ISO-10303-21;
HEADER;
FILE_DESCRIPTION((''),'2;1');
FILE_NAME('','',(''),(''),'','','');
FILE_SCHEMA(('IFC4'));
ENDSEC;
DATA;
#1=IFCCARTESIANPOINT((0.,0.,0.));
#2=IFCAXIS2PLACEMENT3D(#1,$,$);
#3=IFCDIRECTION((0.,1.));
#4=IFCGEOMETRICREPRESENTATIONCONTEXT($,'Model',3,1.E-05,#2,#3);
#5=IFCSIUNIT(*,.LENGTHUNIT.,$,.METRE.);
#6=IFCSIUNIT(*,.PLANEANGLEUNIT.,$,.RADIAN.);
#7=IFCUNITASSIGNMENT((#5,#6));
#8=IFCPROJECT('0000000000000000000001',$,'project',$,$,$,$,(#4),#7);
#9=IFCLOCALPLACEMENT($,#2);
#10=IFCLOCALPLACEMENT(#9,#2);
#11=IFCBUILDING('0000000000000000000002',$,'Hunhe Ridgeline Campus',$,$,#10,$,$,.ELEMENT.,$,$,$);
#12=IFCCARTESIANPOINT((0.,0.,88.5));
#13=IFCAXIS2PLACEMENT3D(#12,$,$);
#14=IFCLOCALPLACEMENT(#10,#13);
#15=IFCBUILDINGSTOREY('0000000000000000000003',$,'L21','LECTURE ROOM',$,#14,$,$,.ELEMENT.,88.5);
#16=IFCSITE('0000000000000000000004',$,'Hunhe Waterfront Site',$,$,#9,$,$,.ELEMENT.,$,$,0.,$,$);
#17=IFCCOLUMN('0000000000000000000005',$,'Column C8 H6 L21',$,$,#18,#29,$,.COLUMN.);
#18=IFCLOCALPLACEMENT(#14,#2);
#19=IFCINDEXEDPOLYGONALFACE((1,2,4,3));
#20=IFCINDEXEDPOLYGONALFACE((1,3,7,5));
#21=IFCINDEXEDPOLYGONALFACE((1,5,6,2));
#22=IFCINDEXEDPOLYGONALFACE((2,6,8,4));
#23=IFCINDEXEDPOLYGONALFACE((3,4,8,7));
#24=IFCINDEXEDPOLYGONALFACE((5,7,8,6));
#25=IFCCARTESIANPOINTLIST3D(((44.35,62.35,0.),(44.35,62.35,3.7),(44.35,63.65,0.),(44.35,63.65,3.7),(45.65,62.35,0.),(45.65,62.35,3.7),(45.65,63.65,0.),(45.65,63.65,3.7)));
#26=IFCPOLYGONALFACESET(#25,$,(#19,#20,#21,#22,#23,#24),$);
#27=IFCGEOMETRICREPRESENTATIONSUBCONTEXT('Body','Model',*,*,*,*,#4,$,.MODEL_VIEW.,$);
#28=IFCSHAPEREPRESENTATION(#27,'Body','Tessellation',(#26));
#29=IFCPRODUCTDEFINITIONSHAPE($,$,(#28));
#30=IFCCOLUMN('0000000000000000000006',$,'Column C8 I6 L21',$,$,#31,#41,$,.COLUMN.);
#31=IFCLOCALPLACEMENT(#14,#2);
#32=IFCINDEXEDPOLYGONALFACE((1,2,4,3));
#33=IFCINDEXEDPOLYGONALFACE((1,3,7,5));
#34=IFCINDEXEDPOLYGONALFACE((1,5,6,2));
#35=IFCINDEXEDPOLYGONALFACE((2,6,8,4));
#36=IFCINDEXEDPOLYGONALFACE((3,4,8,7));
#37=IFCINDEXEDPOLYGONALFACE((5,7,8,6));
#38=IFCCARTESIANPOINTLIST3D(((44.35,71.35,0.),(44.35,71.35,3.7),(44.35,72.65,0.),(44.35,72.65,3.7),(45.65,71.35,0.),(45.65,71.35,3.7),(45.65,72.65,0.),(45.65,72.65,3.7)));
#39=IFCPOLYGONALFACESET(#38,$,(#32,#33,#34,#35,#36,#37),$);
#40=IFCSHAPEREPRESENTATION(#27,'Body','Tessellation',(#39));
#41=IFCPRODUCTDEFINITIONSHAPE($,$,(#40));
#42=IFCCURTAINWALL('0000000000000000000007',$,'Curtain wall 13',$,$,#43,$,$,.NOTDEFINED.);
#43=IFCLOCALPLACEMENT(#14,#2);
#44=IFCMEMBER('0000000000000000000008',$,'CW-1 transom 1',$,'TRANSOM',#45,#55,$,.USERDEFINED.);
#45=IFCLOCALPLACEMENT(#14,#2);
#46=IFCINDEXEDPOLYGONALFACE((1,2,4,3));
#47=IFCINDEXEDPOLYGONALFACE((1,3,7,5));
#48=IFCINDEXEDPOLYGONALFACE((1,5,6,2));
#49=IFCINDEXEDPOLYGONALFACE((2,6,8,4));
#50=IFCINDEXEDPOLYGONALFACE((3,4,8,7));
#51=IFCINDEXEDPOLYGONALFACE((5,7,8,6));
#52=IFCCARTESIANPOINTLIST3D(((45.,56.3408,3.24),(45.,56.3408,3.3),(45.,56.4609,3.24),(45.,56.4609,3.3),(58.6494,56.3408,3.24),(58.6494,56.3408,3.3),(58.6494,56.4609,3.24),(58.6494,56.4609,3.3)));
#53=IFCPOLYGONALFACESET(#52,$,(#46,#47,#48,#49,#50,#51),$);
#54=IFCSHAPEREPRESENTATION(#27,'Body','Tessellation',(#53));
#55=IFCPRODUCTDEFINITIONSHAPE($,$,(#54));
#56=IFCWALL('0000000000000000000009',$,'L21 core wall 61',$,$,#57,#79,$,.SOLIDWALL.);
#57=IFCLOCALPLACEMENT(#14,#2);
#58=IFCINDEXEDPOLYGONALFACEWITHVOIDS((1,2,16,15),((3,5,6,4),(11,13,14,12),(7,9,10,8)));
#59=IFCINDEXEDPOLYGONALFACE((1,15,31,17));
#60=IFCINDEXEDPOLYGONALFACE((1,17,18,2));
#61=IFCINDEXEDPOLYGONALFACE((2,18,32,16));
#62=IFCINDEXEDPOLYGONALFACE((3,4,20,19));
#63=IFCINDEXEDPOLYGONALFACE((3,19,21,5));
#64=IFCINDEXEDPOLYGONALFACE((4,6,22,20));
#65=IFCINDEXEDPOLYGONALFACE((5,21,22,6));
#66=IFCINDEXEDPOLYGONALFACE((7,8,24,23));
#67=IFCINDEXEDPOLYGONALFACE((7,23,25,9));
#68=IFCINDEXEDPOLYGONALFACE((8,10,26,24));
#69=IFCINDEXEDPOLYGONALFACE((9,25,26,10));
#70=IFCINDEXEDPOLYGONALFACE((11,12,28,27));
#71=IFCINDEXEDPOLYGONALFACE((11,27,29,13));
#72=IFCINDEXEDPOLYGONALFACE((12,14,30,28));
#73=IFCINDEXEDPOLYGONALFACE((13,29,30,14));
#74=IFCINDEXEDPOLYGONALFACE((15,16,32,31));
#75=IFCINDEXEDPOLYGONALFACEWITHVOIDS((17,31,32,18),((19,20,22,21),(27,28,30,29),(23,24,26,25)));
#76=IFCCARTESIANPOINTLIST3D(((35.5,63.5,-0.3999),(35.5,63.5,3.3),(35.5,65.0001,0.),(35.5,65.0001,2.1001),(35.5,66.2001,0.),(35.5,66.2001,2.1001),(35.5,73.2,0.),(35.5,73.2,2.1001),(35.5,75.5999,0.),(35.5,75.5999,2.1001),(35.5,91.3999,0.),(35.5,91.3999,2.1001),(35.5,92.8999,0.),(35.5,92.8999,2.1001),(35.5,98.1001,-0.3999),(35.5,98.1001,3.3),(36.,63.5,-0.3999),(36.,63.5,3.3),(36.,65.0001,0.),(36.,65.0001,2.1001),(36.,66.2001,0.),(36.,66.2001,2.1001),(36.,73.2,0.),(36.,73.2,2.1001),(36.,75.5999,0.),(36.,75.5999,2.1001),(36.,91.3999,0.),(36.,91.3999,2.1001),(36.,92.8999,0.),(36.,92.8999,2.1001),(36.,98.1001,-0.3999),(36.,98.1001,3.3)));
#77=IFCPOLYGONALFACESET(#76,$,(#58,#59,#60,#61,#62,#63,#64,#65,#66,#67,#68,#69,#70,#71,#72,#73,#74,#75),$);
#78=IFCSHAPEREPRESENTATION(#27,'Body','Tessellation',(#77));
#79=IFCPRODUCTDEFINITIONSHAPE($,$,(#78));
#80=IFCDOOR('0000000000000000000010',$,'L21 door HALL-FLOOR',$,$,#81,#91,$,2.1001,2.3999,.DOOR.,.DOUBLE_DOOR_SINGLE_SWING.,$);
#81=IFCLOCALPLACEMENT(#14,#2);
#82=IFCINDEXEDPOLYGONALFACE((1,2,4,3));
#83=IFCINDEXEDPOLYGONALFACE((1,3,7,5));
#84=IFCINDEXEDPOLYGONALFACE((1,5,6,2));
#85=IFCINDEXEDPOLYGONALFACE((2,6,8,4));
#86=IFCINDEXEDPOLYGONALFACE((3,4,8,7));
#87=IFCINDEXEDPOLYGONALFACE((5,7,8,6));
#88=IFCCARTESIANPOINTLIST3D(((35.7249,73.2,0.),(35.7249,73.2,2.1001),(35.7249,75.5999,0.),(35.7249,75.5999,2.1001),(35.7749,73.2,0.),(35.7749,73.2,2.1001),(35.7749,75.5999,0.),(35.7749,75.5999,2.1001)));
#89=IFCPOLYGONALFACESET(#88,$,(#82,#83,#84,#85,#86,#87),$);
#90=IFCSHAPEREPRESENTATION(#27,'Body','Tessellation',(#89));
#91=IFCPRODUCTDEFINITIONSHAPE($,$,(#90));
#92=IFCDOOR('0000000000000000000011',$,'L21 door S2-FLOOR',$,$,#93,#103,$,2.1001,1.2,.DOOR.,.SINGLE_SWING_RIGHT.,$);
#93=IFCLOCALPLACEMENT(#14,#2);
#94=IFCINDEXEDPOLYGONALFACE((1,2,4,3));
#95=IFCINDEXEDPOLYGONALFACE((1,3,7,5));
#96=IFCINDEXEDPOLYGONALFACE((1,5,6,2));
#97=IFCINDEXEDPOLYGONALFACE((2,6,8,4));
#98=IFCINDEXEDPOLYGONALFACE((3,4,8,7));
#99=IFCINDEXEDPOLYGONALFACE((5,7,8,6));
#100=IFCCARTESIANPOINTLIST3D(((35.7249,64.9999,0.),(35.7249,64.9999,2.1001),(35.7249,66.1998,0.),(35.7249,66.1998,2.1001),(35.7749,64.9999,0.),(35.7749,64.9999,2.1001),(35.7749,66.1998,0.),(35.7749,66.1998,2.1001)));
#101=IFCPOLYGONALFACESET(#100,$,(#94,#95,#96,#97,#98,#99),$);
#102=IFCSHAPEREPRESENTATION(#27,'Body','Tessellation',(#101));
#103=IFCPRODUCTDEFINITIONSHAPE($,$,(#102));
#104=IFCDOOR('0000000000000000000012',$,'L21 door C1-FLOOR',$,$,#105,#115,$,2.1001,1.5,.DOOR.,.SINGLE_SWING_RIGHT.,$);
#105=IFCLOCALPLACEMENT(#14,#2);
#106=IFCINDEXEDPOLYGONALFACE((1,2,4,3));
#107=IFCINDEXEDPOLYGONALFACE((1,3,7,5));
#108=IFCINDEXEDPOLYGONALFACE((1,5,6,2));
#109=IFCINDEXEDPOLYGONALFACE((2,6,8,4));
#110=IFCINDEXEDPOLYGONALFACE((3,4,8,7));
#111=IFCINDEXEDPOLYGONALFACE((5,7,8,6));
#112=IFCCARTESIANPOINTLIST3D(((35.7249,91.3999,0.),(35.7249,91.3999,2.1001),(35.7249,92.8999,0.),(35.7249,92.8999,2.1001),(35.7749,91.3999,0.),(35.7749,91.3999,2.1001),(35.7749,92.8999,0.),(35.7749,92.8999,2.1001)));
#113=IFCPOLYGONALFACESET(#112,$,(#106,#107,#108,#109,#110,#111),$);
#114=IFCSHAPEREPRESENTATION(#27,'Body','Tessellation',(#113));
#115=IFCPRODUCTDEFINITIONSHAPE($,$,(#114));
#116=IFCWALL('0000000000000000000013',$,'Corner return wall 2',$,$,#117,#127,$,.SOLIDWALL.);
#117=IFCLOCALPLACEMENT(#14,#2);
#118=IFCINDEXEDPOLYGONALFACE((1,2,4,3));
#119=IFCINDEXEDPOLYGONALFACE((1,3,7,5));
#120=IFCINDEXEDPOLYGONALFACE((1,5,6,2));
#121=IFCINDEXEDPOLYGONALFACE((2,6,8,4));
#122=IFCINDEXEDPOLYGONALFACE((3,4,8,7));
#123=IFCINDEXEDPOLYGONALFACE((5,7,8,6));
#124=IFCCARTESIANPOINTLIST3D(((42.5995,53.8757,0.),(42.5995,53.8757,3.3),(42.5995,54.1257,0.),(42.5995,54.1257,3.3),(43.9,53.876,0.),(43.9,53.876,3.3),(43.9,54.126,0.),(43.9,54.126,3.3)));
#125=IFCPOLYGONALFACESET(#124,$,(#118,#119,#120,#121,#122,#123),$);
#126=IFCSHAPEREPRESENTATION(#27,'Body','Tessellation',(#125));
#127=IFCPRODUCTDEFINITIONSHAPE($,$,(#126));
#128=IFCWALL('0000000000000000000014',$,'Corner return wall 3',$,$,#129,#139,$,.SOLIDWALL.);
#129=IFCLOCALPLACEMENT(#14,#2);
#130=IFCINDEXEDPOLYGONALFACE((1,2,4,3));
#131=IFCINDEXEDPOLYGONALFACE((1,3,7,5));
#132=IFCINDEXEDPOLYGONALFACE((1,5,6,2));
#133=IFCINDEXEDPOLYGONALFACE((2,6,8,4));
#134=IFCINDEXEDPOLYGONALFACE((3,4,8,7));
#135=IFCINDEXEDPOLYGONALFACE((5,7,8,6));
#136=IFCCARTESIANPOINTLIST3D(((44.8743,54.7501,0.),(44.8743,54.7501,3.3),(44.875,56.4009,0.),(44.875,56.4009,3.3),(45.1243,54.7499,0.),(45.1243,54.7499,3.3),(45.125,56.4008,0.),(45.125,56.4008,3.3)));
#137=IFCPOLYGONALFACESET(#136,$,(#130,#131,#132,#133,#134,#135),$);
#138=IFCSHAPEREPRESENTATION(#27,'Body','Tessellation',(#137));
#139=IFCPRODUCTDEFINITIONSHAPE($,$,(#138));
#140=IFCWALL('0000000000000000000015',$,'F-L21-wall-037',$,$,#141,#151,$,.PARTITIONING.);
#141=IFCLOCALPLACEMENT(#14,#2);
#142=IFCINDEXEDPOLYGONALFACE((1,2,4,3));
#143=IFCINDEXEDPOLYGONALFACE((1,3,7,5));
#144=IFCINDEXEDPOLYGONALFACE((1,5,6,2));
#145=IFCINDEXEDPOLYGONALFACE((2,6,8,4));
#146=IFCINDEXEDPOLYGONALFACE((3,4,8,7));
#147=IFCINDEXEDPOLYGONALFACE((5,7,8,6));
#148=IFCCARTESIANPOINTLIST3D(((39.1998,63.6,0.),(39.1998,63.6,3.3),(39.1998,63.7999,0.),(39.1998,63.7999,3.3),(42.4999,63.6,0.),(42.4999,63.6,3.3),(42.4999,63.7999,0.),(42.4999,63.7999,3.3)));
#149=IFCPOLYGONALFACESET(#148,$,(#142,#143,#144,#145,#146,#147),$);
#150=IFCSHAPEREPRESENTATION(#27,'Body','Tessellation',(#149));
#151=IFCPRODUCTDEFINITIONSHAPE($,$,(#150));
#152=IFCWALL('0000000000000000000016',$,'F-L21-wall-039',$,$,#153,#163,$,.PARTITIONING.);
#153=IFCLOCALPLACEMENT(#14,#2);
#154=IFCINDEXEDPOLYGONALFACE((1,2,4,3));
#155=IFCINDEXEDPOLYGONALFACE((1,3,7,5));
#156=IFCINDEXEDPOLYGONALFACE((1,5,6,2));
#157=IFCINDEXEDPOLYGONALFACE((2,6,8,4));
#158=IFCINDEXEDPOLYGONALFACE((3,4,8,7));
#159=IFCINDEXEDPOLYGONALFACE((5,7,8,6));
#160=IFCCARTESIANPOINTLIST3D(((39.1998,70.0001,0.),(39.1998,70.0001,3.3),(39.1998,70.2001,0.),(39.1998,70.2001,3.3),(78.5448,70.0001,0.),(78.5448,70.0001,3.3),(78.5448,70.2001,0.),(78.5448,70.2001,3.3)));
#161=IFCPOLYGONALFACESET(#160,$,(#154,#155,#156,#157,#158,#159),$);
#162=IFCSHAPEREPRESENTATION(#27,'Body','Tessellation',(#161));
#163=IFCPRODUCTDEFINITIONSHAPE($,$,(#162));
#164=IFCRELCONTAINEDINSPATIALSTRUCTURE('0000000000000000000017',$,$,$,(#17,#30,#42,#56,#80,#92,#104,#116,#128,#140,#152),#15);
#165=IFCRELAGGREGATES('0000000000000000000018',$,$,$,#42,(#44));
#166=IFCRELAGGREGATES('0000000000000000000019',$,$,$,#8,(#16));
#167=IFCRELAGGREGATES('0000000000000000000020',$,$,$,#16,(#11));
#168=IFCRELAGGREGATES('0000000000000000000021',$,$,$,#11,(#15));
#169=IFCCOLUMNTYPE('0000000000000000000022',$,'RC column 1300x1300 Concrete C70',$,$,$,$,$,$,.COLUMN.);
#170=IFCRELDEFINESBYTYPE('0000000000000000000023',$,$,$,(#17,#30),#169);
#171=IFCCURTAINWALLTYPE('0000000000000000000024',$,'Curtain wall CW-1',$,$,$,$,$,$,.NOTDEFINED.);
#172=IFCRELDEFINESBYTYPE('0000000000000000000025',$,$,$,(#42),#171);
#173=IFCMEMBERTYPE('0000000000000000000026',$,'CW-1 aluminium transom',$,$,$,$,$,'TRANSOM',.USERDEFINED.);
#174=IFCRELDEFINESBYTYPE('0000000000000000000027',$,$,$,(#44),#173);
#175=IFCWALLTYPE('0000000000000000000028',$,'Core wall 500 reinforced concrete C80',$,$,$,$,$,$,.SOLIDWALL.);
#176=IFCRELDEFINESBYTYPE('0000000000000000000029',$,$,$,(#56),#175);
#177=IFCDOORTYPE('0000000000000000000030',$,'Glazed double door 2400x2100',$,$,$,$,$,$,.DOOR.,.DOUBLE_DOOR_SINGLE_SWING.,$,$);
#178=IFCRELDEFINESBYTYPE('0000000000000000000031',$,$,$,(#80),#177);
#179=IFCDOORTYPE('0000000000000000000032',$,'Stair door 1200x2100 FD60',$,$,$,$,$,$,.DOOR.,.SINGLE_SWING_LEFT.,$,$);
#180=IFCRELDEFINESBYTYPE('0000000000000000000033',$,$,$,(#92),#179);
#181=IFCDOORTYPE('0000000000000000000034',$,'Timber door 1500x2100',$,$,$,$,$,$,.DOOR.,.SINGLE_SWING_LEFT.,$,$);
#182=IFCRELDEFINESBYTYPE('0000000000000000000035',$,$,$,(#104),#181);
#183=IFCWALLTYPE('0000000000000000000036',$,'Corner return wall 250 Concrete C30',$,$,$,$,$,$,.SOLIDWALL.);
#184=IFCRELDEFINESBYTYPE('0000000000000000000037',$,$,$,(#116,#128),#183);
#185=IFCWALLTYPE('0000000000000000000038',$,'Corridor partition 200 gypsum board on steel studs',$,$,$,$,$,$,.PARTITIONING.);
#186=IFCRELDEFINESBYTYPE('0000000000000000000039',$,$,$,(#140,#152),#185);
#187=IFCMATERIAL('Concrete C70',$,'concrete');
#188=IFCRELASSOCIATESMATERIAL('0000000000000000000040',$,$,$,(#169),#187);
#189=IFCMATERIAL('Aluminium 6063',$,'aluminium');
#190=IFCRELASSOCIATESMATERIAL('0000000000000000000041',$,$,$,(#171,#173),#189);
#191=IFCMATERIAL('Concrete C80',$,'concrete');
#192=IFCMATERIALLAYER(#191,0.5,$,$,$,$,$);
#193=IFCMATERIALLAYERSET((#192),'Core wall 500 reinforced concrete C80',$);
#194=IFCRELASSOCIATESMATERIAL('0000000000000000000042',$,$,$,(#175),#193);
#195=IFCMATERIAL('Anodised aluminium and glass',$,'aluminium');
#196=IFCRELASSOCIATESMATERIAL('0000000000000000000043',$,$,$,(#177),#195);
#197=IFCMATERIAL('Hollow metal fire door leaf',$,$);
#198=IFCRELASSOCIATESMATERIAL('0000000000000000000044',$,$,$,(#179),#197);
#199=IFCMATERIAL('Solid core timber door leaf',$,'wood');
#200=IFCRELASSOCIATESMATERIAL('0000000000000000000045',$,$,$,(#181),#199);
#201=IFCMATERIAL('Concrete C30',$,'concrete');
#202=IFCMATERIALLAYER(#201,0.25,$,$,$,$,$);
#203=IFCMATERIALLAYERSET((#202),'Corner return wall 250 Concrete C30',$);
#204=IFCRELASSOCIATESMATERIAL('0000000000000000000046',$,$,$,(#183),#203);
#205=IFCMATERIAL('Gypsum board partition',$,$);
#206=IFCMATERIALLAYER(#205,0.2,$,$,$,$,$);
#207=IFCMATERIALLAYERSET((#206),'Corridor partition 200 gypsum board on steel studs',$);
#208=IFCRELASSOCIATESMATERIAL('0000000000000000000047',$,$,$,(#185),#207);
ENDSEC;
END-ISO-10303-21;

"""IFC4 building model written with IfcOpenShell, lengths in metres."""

from ifc_helpers import new_model, si_unit, direction, frame, frame_2d, origin, origin_2d, place, context, subcontext, project, spatial, rectangle, extrude, material, layer, layer_set, material_profile, profile_set, type_object, element, fill, aggregate, save


model = new_model("IFC4")

# Units and contexts
model_context = context("Model", 3, precision=1e-05, world=origin(), true_north=direction((0.0, 1.0)))
body_context = subcontext(model_context, "Body", "Model", "MODEL_VIEW")
ifc_project = project(units=[si_unit("LENGTHUNIT", "METRE"), si_unit("PLANEANGLEUNIT", "RADIAN")], contexts=[model_context])

# Site, building, storey
site_placement = place(None, origin())
site = spatial("IfcSite", under=ifc_project, at=site_placement, Name="Hunhe Waterfront Site", CompositionType="ELEMENT", RefElevation=0.0)
building_placement = place(site_placement, origin())
building = spatial("IfcBuilding", under=site, at=building_placement, Name="Hunhe Ridgeline Campus", CompositionType="ELEMENT")
storey_placement = place(building_placement, frame((0.0, 0.0, 88.5)))
storey = spatial("IfcBuildingStorey", under=building, at=storey_placement, Name="L21", Description="LECTURE ROOM", CompositionType="ELEMENT", Elevation=88.5)

# Columns
ifc_material_1 = material(Name="Concrete C70", Category="concrete")
ifc_material_profile_1 = material_profile(ifc_material_1, rectangle(XDim=1.3, YDim=1.3, at=origin_2d()))
ifc_profile_set_1 = profile_set([ifc_material_profile_1], Name="Concrete C70")
column_type = type_object("IfcColumnType", Name="RC column 1300x1300 Concrete C70", PredefinedType="COLUMN", material=ifc_profile_set_1)
for number, where, z_axis, x_axis, name in (
    (1, (45.0, 63.0, 0.0), (0.0, 0.0, 1.0), (1.0, 0.0, 0.0), "Column C8 H6 L21"),
    (2, (45.0, 72.0, 0.0), (0.0, 0.0, 1.0), (1.0, 0.0, 0.0), "Column C8 I6 L21"),
):
    element("IfcColumn", number, at=place(storey_placement, frame(where, z_axis=z_axis, x_axis=x_axis)), inside=storey, type_object=column_type, Name=name, PredefinedType="COLUMN", context=body_context, shape_type="SweptSolid", body=[
        extrude(rectangle(XDim=1.3, YDim=1.3, at=origin_2d()), origin(), (0.0, 0.0, 1.0), 3.7),
    ])

# Curtain wall, member
ifc_material_2 = material(Name="Aluminium 6063", Category="aluminium")
curtain_wall_type = type_object("IfcCurtainWallType", Name="Curtain wall CW-1", PredefinedType="NOTDEFINED", material=ifc_material_2)
curtain_wall_placement = place(storey_placement, origin())
curtain_wall = element("IfcCurtainWall", 3, at=curtain_wall_placement, inside=storey, type_object=curtain_wall_type, Name="Curtain wall 13", PredefinedType="NOTDEFINED")
ifc_material_profile_2 = material_profile(ifc_material_2, rectangle(XDim=0.1201, YDim=0.0601, at=origin_2d()))
ifc_profile_set_2 = profile_set([ifc_material_profile_2], Name="Aluminium 6063")
member_type = type_object("IfcMemberType", Name="CW-1 aluminium transom", ElementType="TRANSOM", PredefinedType="USERDEFINED", material=ifc_profile_set_2)
member_placement = place(storey_placement, frame((45.0, 56.4009, 3.27), z_axis=(1.0, 0.0, 0.0), x_axis=(0.0, 1.0, 0.0)))
member = element("IfcMember", 4, at=member_placement, type_object=member_type, Name="CW-1 transom 1", ObjectType="TRANSOM", PredefinedType="USERDEFINED", context=body_context, shape_type="SweptSolid", body=[
    extrude(rectangle(XDim=0.1201, YDim=0.0601, at=origin_2d()), origin(), (0.0, 0.0, 1.0), 13.6494),
])
aggregate(curtain_wall, [member])

# Wall, openings, doors
ifc_material_3 = material(Name="Concrete C80", Category="concrete")
ifc_layer_1 = layer(ifc_material_3, 0.5)
ifc_layer_set_1 = layer_set([ifc_layer_1], Name="Core wall 500 reinforced concrete C80")
wall_type_1 = type_object("IfcWallType", Name="Core wall 500 reinforced concrete C80", PredefinedType="SOLIDWALL", material=ifc_layer_set_1)
wall_1_placement = place(storey_placement, frame((35.75, 63.5, -0.3999), z_axis=(0.0, 0.0, 1.0), x_axis=(0.0, 1.0, 0.0)))
wall_1 = element("IfcWall", 5, at=wall_1_placement, inside=storey, type_object=wall_type_1, Name="L21 core wall 61", PredefinedType="SOLIDWALL", context=body_context, shape_type="SweptSolid", body=[
    extrude(rectangle(XDim=34.6001, YDim=0.5, at=frame_2d((17.3, 0.0))), origin(), (0.0, 0.0, 1.0), 3.7),
])
opening_1_placement = place(wall_1_placement, frame((9.7, 0.0, 0.3999)))
opening_1 = element("IfcOpeningElement", 6, at=opening_1_placement, cuts=wall_1, PredefinedType="OPENING", context=body_context, shape_type="SweptSolid", body=[
    extrude(rectangle(XDim=2.3999, YDim=2.1001, at=frame_2d((1.2, 1.05))), frame((0.0, 0.25, 0.0), z_axis=(0.0, -1.0, 0.0), x_axis=(1.0, 0.0, 0.0)), (0.0, 0.0, 1.0), 0.5),
])
opening_2_placement = place(wall_1_placement, frame((27.8999, 0.0, 0.3999)))
opening_2 = element("IfcOpeningElement", 7, at=opening_2_placement, cuts=wall_1, PredefinedType="OPENING", context=body_context, shape_type="SweptSolid", body=[
    extrude(rectangle(XDim=1.5, YDim=2.1001, at=frame_2d((0.75, 1.05))), frame((0.0, 0.25, 0.0), z_axis=(0.0, -1.0, 0.0), x_axis=(1.0, 0.0, 0.0)), (0.0, 0.0, 1.0), 0.5),
])
opening_3_placement = place(wall_1_placement, frame((1.5, 0.0, 0.3999)))
opening_3 = element("IfcOpeningElement", 8, at=opening_3_placement, cuts=wall_1, PredefinedType="OPENING", context=body_context, shape_type="SweptSolid", body=[
    extrude(rectangle(XDim=1.2, YDim=2.1001, at=frame_2d((0.6001, 1.05))), frame((0.0, 0.25, 0.0), z_axis=(0.0, -1.0, 0.0), x_axis=(1.0, 0.0, 0.0)), (0.0, 0.0, 1.0), 0.5),
])
ifc_material_4 = material(Name="Anodised aluminium and glass", Category="aluminium")
door_type_1 = type_object("IfcDoorType", Name="Glazed double door 2400x2100", OperationType="DOUBLE_DOOR_SINGLE_SWING", PredefinedType="DOOR", material=ifc_material_4)
door_1_placement = place(opening_1_placement, frame((2.3999, 0.0, 0.0), z_axis=(0.0, 0.0, 1.0), x_axis=(-1.0, 0.0, 0.0)))
door_1 = element("IfcDoor", 9, at=door_1_placement, inside=storey, type_object=door_type_1, Name="L21 door HALL-FLOOR", OperationType="DOUBLE_DOOR_SINGLE_SWING", OverallHeight=2.1001, OverallWidth=2.3999, PredefinedType="DOOR", context=body_context, shape_type="SweptSolid", body=[
    extrude(rectangle(XDim=2.3999, YDim=2.1001, at=frame_2d((1.2, 1.05))), frame((0.0, 0.0249, 0.0), z_axis=(0.0, -1.0, 0.0), x_axis=(1.0, 0.0, 0.0)), (0.0, 0.0, 1.0), 0.05),
])
fill(opening_1, door_1)
ifc_material_5 = material(Name="Hollow metal fire door leaf")
door_type_2 = type_object("IfcDoorType", Name="Stair door 1200x2100 FD60", OperationType="SINGLE_SWING_LEFT", PredefinedType="DOOR", material=ifc_material_5)
door_2_placement = place(opening_3_placement, frame((1.2, 0.0, 0.0), z_axis=(0.0, 0.0, 1.0), x_axis=(-1.0, 0.0, 0.0)))
door_2 = element("IfcDoor", 10, at=door_2_placement, inside=storey, type_object=door_type_2, Name="L21 door S2-FLOOR", OperationType="SINGLE_SWING_RIGHT", OverallHeight=2.1001, OverallWidth=1.2, PredefinedType="DOOR", context=body_context, shape_type="SweptSolid", body=[
    extrude(rectangle(XDim=1.2, YDim=2.1001, at=frame_2d((0.6001, 1.05))), frame((0.0, 0.0249, 0.0), z_axis=(0.0, -1.0, 0.0), x_axis=(1.0, 0.0, 0.0)), (0.0, 0.0, 1.0), 0.05),
])
fill(opening_3, door_2)
ifc_material_6 = material(Name="Solid core timber door leaf", Category="wood")
door_type_3 = type_object("IfcDoorType", Name="Timber door 1500x2100", OperationType="SINGLE_SWING_LEFT", PredefinedType="DOOR", material=ifc_material_6)
door_3_placement = place(opening_2_placement, frame((1.5, 0.0, 0.0), z_axis=(0.0, 0.0, 1.0), x_axis=(-1.0, 0.0, 0.0)))
door_3 = element("IfcDoor", 11, at=door_3_placement, inside=storey, type_object=door_type_3, Name="L21 door C1-FLOOR", OperationType="SINGLE_SWING_RIGHT", OverallHeight=2.1001, OverallWidth=1.5, PredefinedType="DOOR", context=body_context, shape_type="SweptSolid", body=[
    extrude(rectangle(XDim=1.5, YDim=2.1001, at=frame_2d((0.75, 1.05))), frame((0.0, 0.0249, 0.0), z_axis=(0.0, -1.0, 0.0), x_axis=(1.0, 0.0, 0.0)), (0.0, 0.0, 1.0), 0.05),
])
fill(opening_2, door_3)

# Walls
ifc_material_7 = material(Name="Concrete C30", Category="concrete")
ifc_layer_2 = layer(ifc_material_7, 0.25)
ifc_layer_set_2 = layer_set([ifc_layer_2], Name="Corner return wall 250 Concrete C30")
wall_type_2 = type_object("IfcWallType", Name="Corner return wall 250 Concrete C30", PredefinedType="SOLIDWALL", material=ifc_layer_set_2)
wall_2_placement = place(storey_placement, frame((42.5994, 54.0007, 0.0), z_axis=(0.0, 0.0, 1.0), x_axis=(1.0, 0.000188, 0.0)))
element("IfcWall", 12, at=wall_2_placement, inside=storey, type_object=wall_type_2, Name="Corner return wall 2", PredefinedType="SOLIDWALL", context=body_context, shape_type="SweptSolid", body=[
    extrude(rectangle(XDim=1.3005, YDim=0.25, at=frame_2d((0.6504, 0.0))), origin(), (0.0, 0.0, 1.0), 3.3),
])
wall_3_placement = place(storey_placement, frame((44.9993, 54.75, 0.0), z_axis=(0.0, 0.0, 1.0), x_axis=(0.000444, 1.0, 0.0)))
element("IfcWall", 13, at=wall_3_placement, inside=storey, type_object=wall_type_2, Name="Corner return wall 3", PredefinedType="SOLIDWALL", context=body_context, shape_type="SweptSolid", body=[
    extrude(rectangle(XDim=1.6509, YDim=0.25, at=frame_2d((0.8254, 0.0))), origin(), (0.0, 0.0, 1.0), 3.3),
])
ifc_material_8 = material(Name="Gypsum board partition")
ifc_layer_3 = layer(ifc_material_8, 0.2)
ifc_layer_set_3 = layer_set([ifc_layer_3], Name="Corridor partition 200 gypsum board on steel studs")
wall_type_3 = type_object("IfcWallType", Name="Corridor partition 200 gypsum board on steel studs", PredefinedType="PARTITIONING", material=ifc_layer_set_3)
wall_4_placement = place(storey_placement, frame((39.2, 63.7, 0.0), z_axis=(0.0, 0.0, 1.0), x_axis=(1.0, 0.0, 0.0)))
element("IfcWall", 14, at=wall_4_placement, inside=storey, type_object=wall_type_3, Name="F-L21-wall-037", PredefinedType="PARTITIONING", context=body_context, shape_type="SweptSolid", body=[
    extrude(rectangle(XDim=3.3, YDim=0.2, at=frame_2d((1.6499, 0.0))), origin(), (0.0, 0.0, 1.0), 3.3),
])
wall_5_placement = place(storey_placement, frame((39.2, 70.1001, 0.0), z_axis=(0.0, 0.0, 1.0), x_axis=(1.0, 0.0, 0.0)))
element("IfcWall", 15, at=wall_5_placement, inside=storey, type_object=wall_type_3, Name="F-L21-wall-039", PredefinedType="PARTITIONING", context=body_context, shape_type="SweptSolid", body=[
    extrude(rectangle(XDim=39.345, YDim=0.2, at=frame_2d((19.6724, 0.0))), origin(), (0.0, 0.0, 1.0), 3.3),
])

save(model, "model.ifc")
